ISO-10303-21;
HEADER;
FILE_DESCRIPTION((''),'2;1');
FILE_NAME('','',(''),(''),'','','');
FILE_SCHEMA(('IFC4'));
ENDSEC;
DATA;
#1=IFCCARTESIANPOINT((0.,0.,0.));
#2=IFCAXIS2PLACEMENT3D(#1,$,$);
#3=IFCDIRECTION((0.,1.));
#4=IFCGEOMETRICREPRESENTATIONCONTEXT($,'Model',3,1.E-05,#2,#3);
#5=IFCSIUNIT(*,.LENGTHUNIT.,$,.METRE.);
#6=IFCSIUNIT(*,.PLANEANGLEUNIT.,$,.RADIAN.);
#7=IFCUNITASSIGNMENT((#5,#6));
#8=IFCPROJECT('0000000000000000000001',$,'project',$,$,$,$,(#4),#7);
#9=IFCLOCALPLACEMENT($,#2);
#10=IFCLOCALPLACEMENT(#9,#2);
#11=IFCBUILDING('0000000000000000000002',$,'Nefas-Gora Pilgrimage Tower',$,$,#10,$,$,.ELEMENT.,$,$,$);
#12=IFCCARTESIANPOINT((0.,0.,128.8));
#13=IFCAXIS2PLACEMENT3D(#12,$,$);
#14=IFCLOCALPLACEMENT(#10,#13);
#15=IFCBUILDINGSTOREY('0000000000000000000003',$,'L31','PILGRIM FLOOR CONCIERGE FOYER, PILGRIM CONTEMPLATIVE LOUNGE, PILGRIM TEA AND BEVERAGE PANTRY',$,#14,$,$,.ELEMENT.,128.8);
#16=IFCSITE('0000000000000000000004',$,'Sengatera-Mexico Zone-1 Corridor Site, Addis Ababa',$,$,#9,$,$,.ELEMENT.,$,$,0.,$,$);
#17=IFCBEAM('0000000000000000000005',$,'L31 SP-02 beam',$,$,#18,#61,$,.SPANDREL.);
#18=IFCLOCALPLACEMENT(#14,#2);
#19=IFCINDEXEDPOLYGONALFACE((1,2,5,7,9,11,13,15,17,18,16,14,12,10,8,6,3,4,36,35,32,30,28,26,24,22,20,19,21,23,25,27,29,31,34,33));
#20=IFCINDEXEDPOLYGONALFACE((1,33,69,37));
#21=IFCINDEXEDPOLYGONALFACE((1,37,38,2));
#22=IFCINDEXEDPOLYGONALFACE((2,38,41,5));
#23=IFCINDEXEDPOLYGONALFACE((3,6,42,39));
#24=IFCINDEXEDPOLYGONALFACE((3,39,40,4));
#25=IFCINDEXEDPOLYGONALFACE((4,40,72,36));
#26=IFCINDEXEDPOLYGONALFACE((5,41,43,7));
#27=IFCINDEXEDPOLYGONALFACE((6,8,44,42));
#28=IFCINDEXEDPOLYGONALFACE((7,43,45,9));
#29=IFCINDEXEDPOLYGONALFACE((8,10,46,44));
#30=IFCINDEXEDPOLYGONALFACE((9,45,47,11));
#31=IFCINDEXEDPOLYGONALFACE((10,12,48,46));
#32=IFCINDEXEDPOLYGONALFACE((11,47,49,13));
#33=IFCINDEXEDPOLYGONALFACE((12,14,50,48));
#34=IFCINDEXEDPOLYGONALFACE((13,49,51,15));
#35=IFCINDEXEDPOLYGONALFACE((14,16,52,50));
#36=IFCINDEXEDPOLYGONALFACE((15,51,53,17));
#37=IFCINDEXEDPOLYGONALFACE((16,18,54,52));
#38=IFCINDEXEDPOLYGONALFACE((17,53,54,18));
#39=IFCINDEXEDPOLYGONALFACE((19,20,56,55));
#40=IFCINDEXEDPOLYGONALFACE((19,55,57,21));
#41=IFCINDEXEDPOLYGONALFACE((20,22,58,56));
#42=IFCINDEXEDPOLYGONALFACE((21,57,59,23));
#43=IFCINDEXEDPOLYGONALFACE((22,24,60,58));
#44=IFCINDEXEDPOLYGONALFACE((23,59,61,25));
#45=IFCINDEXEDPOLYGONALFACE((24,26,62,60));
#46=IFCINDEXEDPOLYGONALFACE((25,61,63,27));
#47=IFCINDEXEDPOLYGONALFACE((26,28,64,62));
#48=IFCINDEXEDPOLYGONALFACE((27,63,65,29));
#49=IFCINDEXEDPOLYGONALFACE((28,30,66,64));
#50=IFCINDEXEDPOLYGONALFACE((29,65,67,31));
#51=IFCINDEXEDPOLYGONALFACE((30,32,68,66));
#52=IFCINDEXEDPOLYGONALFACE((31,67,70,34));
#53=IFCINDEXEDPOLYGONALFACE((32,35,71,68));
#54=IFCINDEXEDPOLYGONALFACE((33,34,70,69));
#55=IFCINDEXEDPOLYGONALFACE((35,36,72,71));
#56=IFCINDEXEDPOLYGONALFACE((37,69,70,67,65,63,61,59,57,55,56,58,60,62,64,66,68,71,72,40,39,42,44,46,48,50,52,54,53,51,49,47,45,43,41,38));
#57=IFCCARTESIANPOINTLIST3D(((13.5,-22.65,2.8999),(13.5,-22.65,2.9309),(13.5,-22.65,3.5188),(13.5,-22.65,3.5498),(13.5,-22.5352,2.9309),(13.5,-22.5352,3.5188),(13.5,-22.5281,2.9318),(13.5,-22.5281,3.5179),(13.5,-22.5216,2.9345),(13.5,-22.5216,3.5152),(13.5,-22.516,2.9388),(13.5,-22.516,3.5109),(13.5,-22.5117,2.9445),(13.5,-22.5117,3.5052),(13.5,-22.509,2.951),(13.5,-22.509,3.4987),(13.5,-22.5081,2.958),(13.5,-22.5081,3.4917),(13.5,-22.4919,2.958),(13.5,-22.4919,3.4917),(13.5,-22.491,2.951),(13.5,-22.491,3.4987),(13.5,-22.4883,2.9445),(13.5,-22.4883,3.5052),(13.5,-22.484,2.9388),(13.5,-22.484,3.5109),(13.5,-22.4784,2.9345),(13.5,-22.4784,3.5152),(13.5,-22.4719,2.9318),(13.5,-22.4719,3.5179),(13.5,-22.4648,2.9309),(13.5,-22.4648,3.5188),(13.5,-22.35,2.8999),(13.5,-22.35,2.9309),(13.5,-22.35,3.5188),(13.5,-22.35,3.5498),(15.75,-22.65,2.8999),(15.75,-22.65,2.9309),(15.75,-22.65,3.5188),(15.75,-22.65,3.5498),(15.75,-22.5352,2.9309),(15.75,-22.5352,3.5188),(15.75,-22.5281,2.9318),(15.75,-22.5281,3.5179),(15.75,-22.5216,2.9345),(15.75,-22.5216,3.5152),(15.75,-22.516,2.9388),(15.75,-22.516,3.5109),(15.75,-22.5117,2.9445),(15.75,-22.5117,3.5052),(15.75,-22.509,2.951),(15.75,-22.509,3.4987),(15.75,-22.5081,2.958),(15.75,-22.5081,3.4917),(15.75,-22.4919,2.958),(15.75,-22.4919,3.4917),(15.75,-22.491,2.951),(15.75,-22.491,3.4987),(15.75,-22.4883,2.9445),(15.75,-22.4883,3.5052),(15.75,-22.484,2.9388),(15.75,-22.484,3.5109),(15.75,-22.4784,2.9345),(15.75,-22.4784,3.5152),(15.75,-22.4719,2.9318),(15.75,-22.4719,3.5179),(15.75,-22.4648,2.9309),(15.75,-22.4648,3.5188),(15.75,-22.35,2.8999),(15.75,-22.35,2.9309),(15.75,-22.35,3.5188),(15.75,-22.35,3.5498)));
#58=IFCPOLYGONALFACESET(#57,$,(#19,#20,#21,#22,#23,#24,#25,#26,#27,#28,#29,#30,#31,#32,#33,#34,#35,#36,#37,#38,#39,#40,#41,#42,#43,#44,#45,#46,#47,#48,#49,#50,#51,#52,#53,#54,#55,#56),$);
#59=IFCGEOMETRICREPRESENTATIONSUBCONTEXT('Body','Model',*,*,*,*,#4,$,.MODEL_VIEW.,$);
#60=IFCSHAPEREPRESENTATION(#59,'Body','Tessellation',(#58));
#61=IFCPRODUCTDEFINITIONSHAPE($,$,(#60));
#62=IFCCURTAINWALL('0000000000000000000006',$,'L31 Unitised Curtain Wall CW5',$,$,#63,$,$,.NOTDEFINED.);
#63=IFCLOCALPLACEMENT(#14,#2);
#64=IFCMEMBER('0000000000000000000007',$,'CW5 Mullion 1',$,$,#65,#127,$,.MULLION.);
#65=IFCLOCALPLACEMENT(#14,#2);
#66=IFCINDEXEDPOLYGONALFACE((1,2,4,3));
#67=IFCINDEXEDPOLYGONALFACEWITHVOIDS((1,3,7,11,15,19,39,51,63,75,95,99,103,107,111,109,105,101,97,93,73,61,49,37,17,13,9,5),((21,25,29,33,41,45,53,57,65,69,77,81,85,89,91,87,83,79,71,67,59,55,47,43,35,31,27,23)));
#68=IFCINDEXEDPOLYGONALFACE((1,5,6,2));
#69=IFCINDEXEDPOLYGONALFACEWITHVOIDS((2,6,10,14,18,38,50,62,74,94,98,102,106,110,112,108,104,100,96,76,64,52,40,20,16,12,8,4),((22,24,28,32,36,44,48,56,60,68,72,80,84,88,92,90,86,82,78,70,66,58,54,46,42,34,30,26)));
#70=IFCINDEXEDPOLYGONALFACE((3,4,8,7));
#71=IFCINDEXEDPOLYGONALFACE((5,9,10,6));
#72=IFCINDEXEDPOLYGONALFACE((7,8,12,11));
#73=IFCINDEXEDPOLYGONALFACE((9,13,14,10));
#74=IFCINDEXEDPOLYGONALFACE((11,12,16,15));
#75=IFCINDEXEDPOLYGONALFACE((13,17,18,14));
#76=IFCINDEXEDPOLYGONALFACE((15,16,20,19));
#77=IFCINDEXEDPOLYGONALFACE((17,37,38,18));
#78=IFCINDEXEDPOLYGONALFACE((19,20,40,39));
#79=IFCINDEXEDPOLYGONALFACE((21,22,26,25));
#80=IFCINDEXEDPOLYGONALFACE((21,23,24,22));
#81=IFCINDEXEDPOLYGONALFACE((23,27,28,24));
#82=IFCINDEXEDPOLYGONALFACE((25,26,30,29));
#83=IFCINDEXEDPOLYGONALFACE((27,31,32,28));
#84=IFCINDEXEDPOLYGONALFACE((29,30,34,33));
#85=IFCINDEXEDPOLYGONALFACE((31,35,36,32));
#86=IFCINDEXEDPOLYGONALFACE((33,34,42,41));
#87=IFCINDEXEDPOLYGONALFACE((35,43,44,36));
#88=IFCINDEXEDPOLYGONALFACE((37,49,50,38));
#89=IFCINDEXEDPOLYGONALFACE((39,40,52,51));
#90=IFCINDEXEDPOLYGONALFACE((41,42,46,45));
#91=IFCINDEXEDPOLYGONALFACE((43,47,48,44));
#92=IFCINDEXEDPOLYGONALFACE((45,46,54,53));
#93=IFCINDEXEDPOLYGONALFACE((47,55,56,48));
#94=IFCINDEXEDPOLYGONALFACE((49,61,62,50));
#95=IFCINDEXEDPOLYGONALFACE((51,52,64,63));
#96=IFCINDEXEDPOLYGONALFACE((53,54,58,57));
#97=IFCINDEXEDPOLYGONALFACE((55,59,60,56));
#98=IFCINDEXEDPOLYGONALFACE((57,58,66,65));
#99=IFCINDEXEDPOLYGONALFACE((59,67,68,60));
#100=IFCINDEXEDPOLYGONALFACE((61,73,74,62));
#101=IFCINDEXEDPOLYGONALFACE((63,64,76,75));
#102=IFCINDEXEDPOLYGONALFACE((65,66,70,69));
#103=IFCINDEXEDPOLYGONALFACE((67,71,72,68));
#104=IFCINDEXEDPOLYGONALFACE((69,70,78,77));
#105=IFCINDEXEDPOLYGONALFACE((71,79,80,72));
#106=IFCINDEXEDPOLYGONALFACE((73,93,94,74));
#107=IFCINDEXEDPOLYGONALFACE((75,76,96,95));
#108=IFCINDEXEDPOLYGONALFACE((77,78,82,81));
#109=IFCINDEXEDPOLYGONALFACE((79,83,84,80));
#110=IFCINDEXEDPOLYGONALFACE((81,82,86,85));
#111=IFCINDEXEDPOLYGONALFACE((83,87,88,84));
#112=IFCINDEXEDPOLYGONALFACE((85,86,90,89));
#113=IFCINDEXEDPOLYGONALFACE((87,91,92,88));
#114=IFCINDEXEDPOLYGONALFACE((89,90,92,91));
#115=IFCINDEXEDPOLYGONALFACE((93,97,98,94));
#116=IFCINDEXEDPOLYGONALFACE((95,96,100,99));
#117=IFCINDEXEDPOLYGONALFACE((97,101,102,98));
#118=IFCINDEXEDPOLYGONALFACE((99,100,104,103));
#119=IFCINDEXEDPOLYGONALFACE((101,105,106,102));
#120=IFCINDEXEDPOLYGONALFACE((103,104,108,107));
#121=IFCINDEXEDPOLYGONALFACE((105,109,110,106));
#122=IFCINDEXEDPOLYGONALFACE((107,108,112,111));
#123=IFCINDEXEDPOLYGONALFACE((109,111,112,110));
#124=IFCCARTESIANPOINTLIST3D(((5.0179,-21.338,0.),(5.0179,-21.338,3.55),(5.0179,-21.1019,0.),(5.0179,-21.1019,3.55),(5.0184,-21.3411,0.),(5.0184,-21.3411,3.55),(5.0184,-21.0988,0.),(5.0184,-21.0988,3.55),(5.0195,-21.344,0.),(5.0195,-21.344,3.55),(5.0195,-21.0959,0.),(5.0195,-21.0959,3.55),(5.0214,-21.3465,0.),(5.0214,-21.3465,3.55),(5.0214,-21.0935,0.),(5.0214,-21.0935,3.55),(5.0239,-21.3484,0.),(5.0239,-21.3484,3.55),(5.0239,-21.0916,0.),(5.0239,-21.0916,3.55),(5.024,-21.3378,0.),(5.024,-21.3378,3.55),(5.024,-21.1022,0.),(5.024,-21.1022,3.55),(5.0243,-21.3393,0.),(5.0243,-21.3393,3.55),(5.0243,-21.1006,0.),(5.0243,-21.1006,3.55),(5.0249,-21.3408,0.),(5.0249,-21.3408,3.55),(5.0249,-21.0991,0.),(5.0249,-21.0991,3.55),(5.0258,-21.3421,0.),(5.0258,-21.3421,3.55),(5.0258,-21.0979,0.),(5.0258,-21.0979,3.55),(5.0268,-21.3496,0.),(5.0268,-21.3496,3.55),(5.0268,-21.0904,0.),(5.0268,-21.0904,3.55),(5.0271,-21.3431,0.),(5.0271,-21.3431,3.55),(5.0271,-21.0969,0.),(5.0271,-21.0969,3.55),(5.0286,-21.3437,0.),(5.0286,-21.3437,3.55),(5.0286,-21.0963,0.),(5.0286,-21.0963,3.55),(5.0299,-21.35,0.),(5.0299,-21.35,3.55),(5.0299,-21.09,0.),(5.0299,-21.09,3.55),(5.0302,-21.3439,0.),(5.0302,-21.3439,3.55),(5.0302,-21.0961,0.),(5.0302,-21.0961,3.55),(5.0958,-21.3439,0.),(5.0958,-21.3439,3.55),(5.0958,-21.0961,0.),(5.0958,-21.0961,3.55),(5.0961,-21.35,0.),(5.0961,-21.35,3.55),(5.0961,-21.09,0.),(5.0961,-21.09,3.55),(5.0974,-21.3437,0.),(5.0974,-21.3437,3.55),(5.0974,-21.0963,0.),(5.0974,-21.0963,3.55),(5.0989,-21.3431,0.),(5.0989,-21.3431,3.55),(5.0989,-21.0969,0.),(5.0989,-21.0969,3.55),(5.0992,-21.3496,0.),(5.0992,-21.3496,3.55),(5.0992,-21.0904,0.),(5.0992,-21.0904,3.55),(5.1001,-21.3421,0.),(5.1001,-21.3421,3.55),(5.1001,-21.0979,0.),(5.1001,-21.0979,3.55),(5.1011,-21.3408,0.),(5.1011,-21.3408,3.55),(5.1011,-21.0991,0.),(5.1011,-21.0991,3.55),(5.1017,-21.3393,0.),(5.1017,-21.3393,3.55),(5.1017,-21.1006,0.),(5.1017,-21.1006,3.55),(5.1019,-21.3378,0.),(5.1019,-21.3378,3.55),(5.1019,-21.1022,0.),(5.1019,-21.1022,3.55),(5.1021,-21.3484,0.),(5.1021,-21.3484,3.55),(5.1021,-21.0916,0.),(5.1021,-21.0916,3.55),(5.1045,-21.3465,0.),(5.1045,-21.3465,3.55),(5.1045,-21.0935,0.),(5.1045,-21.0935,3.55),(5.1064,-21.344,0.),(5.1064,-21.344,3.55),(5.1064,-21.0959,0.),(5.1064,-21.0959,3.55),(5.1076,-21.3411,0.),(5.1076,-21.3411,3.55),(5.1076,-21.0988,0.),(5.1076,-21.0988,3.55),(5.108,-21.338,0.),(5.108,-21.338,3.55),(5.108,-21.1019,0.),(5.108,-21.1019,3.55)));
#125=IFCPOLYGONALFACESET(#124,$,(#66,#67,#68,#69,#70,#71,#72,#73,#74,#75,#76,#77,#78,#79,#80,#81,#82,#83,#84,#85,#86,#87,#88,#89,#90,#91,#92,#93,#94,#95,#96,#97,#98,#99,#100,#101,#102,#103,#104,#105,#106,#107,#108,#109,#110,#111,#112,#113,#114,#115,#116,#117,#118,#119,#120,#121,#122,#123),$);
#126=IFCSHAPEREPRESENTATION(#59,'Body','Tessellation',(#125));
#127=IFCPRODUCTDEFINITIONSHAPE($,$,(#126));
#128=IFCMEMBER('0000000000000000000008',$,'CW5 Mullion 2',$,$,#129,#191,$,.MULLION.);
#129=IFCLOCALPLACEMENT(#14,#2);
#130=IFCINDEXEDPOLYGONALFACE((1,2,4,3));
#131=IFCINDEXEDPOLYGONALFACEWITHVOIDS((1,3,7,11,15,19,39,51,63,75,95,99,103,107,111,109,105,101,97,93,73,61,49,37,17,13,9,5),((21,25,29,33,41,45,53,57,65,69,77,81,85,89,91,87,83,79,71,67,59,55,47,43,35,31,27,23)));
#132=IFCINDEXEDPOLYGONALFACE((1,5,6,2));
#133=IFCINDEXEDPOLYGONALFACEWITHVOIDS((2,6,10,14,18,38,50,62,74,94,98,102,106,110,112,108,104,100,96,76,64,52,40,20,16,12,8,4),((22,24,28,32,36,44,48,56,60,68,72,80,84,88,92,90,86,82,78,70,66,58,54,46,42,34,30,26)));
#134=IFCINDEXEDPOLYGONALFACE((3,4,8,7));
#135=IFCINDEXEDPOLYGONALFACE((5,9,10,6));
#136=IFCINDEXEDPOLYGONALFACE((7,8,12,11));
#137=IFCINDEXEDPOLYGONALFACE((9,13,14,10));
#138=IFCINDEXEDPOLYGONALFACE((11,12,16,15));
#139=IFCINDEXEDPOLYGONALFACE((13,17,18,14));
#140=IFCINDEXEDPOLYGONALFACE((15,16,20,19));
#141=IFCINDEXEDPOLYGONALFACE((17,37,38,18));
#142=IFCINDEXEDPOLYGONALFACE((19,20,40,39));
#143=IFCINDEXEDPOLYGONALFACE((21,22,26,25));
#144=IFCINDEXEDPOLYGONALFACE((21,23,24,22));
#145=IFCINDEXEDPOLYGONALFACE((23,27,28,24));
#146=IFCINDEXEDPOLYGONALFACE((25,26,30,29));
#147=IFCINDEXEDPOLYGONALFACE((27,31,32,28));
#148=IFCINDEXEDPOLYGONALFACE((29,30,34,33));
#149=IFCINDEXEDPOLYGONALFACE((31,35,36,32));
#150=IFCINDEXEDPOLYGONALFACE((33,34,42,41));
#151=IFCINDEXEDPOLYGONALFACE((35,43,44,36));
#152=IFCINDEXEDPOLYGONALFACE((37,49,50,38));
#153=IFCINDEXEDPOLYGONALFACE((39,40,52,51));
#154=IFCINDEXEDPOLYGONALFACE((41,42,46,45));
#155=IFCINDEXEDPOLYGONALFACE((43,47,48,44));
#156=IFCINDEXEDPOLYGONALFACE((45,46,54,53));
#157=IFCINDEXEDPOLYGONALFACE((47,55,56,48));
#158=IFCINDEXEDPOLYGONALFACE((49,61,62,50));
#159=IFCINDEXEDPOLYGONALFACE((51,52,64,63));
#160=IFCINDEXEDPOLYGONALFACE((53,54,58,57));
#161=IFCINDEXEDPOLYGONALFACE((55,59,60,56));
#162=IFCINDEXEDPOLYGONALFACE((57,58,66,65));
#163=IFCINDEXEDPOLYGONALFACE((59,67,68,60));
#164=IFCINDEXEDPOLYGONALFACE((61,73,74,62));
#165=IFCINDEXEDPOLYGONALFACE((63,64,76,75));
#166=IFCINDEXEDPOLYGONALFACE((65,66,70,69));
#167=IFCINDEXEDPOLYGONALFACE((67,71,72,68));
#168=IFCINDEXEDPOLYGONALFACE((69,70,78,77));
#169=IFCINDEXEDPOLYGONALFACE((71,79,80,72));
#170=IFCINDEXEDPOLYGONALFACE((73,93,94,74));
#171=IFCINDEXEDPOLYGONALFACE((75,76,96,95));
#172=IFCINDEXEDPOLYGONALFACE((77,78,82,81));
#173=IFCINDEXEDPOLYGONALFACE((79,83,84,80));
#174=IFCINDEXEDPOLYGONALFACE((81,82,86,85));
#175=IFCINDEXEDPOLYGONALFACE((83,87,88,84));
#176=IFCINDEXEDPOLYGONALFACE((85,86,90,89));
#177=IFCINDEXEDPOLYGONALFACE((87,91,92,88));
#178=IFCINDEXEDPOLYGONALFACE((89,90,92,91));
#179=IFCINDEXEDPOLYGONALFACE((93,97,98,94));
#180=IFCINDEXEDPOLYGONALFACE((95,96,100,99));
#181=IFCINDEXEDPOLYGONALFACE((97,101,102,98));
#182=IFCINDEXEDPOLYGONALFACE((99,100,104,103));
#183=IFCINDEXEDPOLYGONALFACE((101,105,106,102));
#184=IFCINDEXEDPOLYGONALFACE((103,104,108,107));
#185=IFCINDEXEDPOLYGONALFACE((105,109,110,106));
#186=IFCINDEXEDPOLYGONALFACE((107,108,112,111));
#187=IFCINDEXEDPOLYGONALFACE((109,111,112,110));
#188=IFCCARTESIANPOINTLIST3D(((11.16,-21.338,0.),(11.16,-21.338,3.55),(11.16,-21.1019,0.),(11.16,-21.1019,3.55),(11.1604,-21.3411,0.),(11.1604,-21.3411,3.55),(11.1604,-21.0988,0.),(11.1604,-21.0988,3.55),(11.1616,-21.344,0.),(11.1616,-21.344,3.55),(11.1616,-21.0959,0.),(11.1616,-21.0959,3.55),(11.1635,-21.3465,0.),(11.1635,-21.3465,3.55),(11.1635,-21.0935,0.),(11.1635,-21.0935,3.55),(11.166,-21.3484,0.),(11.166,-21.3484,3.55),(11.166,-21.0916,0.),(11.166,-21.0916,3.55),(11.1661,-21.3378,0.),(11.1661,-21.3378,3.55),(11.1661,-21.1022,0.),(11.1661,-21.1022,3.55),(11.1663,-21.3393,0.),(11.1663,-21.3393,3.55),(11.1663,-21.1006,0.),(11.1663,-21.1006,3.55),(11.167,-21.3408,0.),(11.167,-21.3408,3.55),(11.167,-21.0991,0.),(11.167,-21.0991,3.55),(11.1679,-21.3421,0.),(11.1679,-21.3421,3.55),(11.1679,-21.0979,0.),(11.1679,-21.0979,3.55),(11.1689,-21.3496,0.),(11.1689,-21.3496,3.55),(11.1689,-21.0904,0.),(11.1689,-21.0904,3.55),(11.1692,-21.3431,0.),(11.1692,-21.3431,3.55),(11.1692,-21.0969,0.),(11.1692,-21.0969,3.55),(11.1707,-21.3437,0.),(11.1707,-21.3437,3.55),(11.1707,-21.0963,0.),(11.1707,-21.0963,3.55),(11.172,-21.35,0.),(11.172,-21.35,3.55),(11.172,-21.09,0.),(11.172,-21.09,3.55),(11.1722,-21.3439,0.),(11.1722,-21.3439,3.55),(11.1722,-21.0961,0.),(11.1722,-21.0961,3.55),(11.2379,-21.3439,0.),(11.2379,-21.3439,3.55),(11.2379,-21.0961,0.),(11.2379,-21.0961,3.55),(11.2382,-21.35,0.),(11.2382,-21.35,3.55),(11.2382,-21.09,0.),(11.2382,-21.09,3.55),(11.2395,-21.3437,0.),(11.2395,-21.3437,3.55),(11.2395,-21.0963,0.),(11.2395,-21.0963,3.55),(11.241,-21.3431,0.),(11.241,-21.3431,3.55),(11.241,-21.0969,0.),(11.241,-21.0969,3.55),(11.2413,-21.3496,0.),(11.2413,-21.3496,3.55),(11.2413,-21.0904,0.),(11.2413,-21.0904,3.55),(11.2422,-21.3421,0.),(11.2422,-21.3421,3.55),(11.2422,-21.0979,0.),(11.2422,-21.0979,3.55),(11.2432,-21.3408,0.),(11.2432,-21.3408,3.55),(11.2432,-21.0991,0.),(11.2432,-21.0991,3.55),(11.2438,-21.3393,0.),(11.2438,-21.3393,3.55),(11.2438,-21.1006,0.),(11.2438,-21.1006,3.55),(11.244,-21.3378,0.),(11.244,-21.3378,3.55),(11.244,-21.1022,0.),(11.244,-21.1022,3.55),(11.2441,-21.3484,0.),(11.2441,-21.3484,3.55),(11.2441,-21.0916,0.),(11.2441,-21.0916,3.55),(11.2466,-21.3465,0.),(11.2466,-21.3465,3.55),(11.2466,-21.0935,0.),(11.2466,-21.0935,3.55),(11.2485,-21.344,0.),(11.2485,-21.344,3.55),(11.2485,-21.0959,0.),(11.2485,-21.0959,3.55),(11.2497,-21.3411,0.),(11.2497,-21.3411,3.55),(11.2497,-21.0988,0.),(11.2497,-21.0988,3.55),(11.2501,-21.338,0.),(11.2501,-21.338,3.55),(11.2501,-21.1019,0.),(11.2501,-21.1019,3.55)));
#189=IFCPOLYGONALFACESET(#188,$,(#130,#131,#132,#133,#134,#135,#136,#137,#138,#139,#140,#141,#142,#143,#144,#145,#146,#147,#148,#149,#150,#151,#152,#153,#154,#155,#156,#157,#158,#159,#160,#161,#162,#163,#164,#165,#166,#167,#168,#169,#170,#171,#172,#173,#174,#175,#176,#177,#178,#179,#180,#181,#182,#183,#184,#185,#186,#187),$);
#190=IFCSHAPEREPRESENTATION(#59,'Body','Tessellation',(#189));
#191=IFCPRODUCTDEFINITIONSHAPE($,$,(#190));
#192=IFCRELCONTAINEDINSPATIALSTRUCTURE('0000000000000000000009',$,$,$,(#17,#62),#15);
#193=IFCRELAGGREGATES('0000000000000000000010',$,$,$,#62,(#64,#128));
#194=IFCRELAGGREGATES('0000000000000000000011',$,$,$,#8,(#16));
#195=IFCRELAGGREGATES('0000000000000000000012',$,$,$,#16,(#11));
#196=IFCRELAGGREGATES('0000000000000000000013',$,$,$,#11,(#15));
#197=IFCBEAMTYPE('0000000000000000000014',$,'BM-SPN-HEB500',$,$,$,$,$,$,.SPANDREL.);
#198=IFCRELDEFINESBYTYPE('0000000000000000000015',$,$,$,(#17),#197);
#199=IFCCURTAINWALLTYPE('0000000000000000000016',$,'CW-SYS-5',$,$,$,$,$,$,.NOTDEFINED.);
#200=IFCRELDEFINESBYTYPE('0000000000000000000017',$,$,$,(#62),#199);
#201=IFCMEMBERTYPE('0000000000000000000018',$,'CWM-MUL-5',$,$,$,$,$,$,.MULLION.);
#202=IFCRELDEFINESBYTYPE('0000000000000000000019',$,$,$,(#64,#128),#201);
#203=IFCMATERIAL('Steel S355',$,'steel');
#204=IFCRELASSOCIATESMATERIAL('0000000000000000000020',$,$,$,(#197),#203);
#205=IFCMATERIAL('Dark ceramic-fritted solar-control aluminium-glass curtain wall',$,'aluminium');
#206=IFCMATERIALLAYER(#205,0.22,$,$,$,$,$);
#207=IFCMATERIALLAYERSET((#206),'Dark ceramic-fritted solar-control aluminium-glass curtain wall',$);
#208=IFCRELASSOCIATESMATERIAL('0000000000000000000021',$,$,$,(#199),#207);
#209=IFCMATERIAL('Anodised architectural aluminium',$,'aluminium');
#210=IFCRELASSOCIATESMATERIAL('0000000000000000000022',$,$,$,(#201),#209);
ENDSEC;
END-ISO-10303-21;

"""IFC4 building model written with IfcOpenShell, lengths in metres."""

from ifc_helpers import new_model, si_unit, direction, frame, origin, origin_2d, place, context, subcontext, project, spatial, hollow_rectangle, i_section, extrude, source, transform, mapped, material, layer, layer_set, material_profile, profile_set, type_object, element, aggregate, save


model = new_model("IFC4")

# Units and contexts
model_context = context("Model", 3, precision=1e-05, world=origin(), true_north=direction((0.0, 1.0)))
body_context = subcontext(model_context, "Body", "Model", "MODEL_VIEW")
ifc_project = project(units=[si_unit("LENGTHUNIT", "METRE"), si_unit("PLANEANGLEUNIT", "RADIAN")], contexts=[model_context])

# Site, building, storey
site_placement = place(None, origin())
site = spatial("IfcSite", under=ifc_project, at=site_placement, Name="Sengatera-Mexico Zone-1 Corridor Site, Addis Ababa", CompositionType="ELEMENT", RefElevation=0.0)
building_placement = place(site_placement, origin())
building = spatial("IfcBuilding", under=site, at=building_placement, Name="Nefas-Gora Pilgrimage Tower", CompositionType="ELEMENT")
storey_placement = place(building_placement, frame((0.0, 0.0, 128.8)))
storey = spatial("IfcBuildingStorey", under=building, at=storey_placement, Name="L31", Description="PILGRIM FLOOR CONCIERGE FOYER, PILGRIM CONTEMPLATIVE LOUNGE, PILGRIM TEA AND BEVERAGE PANTRY", CompositionType="ELEMENT", Elevation=128.8)

# Beam
ifc_material_1 = material(Name="Steel S355", Category="steel")
ifc_material_profile_1 = material_profile(ifc_material_1, i_section(OverallWidth=0.3, OverallDepth=0.6499, WebThickness=0.0161, FlangeThickness=0.031, FilletRadius=0.0271, at=origin_2d()), Name="HEB 650")
ifc_profile_set_1 = profile_set([ifc_material_profile_1], Name="Steel S355")
beam_type_1 = type_object("IfcBeamType", Name="BM-SPN-HEB500", PredefinedType="SPANDREL", material=ifc_profile_set_1)
shared_shape_1 = source(origin(), body_context, "Body", "SweptSolid", [
    extrude(i_section(OverallWidth=0.3, OverallDepth=0.6499, WebThickness=0.0161, FlangeThickness=0.031, FilletRadius=0.0271, at=origin_2d()), origin(), (0.0, 0.0, 1.0), 2.25),
])
beam_1_placement = place(storey_placement, frame((13.5, -22.5, 3.2249), z_axis=(1.0, 0.0, 0.0), x_axis=(0.0, 1.0, 0.0)))
element("IfcBeam", 1, at=beam_1_placement, inside=storey, type_object=beam_type_1, Name="L31 SP-02 beam", PredefinedType="SPANDREL", context=body_context, shape_type="MappedRepresentation", body=[
    mapped(shared_shape_1, transform((0.0, 0.0, 0.0), x_axis=(1.0, 0.0, 0.0), y_axis=(0.0, 1.0, 0.0), z_axis=(0.0, 0.0, 1.0), scale=1.0)),
])

# Curtain wall, members
ifc_material_2 = material(Name="Dark ceramic-fritted solar-control aluminium-glass curtain wall", Category="aluminium")
ifc_layer_1 = layer(ifc_material_2, 0.22)
ifc_layer_set_1 = layer_set([ifc_layer_1], Name="Dark ceramic-fritted solar-control aluminium-glass curtain wall")
curtain_wall_type_1 = type_object("IfcCurtainWallType", Name="CW-SYS-5", PredefinedType="NOTDEFINED", material=ifc_layer_set_1)
curtain_wall_1_placement = place(storey_placement, origin())
curtain_wall_1 = element("IfcCurtainWall", 2, at=curtain_wall_1_placement, inside=storey, type_object=curtain_wall_type_1, Name="L31 Unitised Curtain Wall CW5", PredefinedType="NOTDEFINED")
ifc_material_3 = material(Name="Anodised architectural aluminium", Category="aluminium")
ifc_material_profile_2 = material_profile(ifc_material_3, hollow_rectangle(XDim=0.0901, YDim=0.26, WallThickness=0.0061, InnerFilletRadius=0.0061, OuterFilletRadius=0.012, at=origin_2d()), Name="ALU MULLION 90x260")
ifc_profile_set_2 = profile_set([ifc_material_profile_2], Name="Anodised architectural aluminium")
member_type_1 = type_object("IfcMemberType", Name="CWM-MUL-5", PredefinedType="MULLION", material=ifc_profile_set_2)
shared_shape_2 = source(origin(), body_context, "Body", "SweptSolid", [
    extrude(hollow_rectangle(XDim=0.0901, YDim=0.26, WallThickness=0.0061, InnerFilletRadius=0.0061, OuterFilletRadius=0.012, at=origin_2d()), origin(), (0.0, 0.0, 1.0), 3.55),
])
member_1_placement = place(storey_placement, frame((5.063, -21.22, 0.0), z_axis=(0.0, 0.0, 1.0), x_axis=(1.0, 0.0, 0.0)))
member_1 = element("IfcMember", 3, at=member_1_placement, type_object=member_type_1, Name="CW5 Mullion 1", PredefinedType="MULLION", context=body_context, shape_type="MappedRepresentation", body=[
    mapped(shared_shape_2, transform((0.0, 0.0, 0.0), x_axis=(1.0, 0.0, 0.0), y_axis=(0.0, 1.0, 0.0), z_axis=(0.0, 0.0, 1.0), scale=1.0)),
])
member_2_placement = place(storey_placement, frame((11.2051, -21.22, 0.0), z_axis=(0.0, 0.0, 1.0), x_axis=(1.0, 0.0, 0.0)))
member_2 = element("IfcMember", 4, at=member_2_placement, type_object=member_type_1, Name="CW5 Mullion 2", PredefinedType="MULLION", context=body_context, shape_type="MappedRepresentation", body=[
    mapped(shared_shape_2, transform((0.0, 0.0, 0.0), x_axis=(1.0, 0.0, 0.0), y_axis=(0.0, 1.0, 0.0), z_axis=(0.0, 0.0, 1.0), scale=1.0)),
])

aggregate(curtain_wall_1, [member_1, member_2])

save(model, "model.ifc")
